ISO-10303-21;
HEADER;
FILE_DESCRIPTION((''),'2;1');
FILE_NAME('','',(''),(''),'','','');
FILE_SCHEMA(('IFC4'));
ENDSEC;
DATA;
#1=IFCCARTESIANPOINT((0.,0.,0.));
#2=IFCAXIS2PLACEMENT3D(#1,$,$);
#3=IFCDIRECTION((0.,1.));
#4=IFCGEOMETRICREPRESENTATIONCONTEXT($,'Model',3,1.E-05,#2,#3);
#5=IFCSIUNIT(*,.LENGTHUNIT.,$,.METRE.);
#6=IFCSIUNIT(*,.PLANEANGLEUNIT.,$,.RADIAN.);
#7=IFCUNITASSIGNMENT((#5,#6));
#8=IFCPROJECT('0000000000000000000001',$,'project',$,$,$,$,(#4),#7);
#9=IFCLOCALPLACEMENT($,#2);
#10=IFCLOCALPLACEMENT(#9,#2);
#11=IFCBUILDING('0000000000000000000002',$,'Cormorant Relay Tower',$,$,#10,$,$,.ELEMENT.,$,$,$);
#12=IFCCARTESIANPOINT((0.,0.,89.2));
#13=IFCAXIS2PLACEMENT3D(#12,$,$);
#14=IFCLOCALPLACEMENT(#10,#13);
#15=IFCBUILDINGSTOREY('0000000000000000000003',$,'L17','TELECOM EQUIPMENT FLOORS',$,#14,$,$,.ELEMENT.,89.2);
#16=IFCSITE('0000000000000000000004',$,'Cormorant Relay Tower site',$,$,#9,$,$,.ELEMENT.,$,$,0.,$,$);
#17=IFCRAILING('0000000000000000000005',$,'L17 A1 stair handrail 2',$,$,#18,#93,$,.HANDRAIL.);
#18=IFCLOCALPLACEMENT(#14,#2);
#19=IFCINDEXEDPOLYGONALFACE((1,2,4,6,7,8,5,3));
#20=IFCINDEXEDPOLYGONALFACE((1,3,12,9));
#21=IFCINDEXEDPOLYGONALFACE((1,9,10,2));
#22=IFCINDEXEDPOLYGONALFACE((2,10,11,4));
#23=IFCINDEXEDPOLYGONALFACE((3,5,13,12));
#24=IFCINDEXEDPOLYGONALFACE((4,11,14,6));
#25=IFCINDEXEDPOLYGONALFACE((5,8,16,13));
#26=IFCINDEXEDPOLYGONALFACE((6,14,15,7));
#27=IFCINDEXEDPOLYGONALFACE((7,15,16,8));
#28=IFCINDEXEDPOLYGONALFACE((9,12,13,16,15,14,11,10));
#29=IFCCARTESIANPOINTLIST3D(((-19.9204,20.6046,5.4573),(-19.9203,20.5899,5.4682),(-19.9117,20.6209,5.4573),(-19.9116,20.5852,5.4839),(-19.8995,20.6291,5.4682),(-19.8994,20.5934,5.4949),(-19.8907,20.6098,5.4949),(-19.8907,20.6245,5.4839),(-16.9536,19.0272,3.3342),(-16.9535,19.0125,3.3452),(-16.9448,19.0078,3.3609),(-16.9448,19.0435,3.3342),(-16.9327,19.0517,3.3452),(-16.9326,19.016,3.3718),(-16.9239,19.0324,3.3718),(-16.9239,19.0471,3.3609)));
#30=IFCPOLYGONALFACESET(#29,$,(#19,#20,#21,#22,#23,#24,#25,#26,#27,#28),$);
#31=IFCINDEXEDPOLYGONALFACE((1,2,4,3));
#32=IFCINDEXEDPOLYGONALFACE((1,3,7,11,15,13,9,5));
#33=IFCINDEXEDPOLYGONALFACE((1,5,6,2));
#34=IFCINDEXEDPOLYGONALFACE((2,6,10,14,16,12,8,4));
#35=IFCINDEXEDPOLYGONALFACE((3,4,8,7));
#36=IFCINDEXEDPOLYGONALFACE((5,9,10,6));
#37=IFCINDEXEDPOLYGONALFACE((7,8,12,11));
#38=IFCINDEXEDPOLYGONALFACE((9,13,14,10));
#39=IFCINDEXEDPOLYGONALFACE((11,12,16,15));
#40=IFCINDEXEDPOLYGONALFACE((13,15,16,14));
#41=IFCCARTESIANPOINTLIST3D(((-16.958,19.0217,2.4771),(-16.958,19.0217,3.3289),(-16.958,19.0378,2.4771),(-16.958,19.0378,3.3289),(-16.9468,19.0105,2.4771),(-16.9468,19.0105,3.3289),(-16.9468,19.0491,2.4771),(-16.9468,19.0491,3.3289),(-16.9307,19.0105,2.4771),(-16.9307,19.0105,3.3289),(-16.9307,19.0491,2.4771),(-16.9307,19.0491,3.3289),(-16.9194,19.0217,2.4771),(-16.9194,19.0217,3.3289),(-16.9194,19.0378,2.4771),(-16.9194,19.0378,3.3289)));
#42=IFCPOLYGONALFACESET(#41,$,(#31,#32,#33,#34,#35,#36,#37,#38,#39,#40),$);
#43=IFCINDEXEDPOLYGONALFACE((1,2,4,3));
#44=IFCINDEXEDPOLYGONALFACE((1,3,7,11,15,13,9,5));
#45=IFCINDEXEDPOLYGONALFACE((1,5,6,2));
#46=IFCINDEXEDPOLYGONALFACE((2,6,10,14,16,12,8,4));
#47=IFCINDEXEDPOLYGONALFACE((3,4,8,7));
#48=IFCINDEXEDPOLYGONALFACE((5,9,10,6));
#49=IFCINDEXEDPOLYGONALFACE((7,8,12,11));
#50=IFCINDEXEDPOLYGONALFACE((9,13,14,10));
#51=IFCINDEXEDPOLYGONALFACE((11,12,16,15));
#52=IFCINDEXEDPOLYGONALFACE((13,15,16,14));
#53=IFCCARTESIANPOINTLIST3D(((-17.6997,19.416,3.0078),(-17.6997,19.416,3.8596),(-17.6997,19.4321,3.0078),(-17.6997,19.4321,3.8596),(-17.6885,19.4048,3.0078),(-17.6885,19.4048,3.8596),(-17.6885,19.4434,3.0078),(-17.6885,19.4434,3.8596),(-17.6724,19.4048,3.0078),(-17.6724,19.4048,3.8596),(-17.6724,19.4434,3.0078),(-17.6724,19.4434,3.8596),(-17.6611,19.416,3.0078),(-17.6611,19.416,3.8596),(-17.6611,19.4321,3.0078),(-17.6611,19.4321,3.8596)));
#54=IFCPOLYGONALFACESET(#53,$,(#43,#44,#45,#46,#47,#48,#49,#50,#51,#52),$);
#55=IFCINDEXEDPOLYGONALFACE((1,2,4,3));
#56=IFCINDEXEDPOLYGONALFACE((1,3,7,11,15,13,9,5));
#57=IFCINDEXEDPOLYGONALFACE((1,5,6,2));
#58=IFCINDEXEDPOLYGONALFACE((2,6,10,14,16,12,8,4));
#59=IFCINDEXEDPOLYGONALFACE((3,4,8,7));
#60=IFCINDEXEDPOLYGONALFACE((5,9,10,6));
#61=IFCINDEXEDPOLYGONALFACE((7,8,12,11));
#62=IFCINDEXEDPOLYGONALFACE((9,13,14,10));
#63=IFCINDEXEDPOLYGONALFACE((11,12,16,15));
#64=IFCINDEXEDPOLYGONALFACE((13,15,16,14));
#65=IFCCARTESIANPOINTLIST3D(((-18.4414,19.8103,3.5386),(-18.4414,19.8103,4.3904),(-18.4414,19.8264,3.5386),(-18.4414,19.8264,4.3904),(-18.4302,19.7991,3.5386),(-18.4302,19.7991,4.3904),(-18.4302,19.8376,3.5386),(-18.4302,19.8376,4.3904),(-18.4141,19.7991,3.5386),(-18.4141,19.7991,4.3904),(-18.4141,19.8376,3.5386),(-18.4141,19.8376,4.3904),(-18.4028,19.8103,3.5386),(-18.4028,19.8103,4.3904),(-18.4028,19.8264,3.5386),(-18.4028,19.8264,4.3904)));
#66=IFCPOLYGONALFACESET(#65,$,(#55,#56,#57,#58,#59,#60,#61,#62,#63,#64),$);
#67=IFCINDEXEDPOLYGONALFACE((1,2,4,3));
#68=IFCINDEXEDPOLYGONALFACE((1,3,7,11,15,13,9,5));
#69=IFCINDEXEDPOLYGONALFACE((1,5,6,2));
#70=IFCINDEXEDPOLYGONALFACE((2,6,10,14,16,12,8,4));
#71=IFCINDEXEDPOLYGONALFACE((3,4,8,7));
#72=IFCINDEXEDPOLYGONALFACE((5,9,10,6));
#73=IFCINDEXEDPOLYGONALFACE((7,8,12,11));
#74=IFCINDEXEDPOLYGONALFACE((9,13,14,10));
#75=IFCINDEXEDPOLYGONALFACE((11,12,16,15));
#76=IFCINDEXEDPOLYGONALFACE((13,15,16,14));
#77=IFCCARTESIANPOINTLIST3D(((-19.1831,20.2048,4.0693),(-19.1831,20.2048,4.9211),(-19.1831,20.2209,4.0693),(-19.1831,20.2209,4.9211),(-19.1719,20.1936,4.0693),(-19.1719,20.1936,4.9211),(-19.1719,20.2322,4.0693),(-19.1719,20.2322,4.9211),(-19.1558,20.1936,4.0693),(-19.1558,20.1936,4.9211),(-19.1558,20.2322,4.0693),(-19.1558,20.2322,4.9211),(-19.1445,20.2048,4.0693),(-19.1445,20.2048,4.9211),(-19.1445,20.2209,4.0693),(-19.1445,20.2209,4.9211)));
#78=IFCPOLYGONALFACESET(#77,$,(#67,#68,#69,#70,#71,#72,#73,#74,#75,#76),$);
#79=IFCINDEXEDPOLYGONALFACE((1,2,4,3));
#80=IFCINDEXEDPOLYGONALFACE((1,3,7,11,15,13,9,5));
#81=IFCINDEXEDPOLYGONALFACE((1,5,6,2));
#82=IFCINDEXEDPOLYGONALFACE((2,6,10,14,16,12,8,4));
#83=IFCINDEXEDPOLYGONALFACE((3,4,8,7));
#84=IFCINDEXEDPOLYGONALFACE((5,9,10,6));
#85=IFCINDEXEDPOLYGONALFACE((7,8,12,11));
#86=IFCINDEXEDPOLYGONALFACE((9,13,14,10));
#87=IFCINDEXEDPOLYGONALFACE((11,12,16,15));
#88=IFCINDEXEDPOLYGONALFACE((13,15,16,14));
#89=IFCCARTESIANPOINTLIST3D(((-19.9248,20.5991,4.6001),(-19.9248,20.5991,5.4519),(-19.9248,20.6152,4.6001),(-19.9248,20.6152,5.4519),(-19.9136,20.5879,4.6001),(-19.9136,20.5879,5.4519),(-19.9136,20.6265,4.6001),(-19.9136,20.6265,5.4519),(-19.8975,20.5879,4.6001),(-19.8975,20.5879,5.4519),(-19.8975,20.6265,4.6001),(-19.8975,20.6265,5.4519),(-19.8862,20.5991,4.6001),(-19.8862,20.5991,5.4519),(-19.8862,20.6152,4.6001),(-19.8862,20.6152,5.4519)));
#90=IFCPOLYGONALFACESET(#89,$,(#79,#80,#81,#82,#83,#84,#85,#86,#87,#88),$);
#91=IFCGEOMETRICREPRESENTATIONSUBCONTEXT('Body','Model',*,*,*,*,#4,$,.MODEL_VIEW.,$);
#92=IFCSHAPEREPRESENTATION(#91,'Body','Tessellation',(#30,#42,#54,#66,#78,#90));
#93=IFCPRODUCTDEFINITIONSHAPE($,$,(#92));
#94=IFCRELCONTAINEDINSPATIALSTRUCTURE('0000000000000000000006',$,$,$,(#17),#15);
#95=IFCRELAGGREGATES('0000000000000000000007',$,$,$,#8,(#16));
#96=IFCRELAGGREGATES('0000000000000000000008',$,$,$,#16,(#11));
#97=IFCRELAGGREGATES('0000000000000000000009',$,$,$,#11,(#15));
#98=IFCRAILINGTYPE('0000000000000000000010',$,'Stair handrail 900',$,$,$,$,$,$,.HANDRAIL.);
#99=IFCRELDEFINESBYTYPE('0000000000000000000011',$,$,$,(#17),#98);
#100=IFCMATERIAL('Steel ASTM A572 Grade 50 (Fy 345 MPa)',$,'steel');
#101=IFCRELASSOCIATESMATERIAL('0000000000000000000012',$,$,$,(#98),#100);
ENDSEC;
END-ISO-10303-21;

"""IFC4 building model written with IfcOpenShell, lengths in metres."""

from ifc_helpers import new_model, si_unit, direction, frame, origin, place, context, subcontext, project, spatial, polyline, outline, extrude, material, type_object, element, save


model = new_model("IFC4")

# Units and contexts
model_context = context("Model", 3, precision=1e-05, world=origin(), true_north=direction((0.0, 1.0)))
body_context = subcontext(model_context, "Body", "Model", "MODEL_VIEW")
ifc_project = project(units=[si_unit("LENGTHUNIT", "METRE"), si_unit("PLANEANGLEUNIT", "RADIAN")], contexts=[model_context])

# Site, building, storey
site_placement = place(None, origin())
site = spatial("IfcSite", under=ifc_project, at=site_placement, Name="Cormorant Relay Tower site", CompositionType="ELEMENT", RefElevation=0.0)
building_placement = place(site_placement, origin())
building = spatial("IfcBuilding", under=site, at=building_placement, Name="Cormorant Relay Tower", CompositionType="ELEMENT")
storey_placement = place(building_placement, frame((0.0, 0.0, 89.2)))
storey = spatial("IfcBuildingStorey", under=building, at=storey_placement, Name="L17", Description="TELECOM EQUIPMENT FLOORS", CompositionType="ELEMENT", Elevation=89.2)

# Railing
ifc_material_1 = material(Name="Steel ASTM A572 Grade 50 (Fy 345 MPa)", Category="steel")
railing_type_1 = type_object("IfcRailingType", Name="Stair handrail 900", PredefinedType="HANDRAIL", material=ifc_material_1)
railing_1_placement = place(storey_placement, frame((-16.9387, 19.0298, 2.4771)))
element("IfcRailing", 1, at=railing_1_placement, inside=storey, type_object=railing_type_1, Name="L17 A1 stair handrail 2", PredefinedType="HANDRAIL", context=body_context, shape_type="SweptSolid", body=[
    extrude(outline(polyline([(0.0222, 0.0093), (0.0093, 0.0222), (-0.0093, 0.0222), (-0.0222, 0.0093), (-0.0222, -0.0093), (-0.0093, -0.0222), (0.0093, -0.0222), (0.0222, -0.0093), (0.0222, 0.0093)])), frame((0.0, 0.0, 0.876), z_axis=(-0.746441, 0.396869, 0.534155), x_axis=(-0.469453, -0.882958, 0.0)), (0.0, 0.0, 1.0), 3.9746),
    extrude(outline(polyline([(0.0193, 0.0081), (0.0081, 0.0193), (-0.0081, 0.0193), (-0.0193, 0.0081), (-0.0193, -0.0081), (-0.0081, -0.0193), (0.0081, -0.0193), (0.0193, -0.0081), (0.0193, 0.0081)])), origin(), (0.0, 0.0, 1.0), 0.8518),
    extrude(outline(polyline([(0.0193, 0.0081), (0.0081, 0.0193), (-0.0081, 0.0193), (-0.0193, 0.0081), (-0.0193, -0.0081), (-0.0081, -0.0193), (0.0081, -0.0193), (0.0193, -0.0081), (0.0193, 0.0081)])), frame((-0.7417, 0.3943, 0.5308)), (0.0, 0.0, 1.0), 0.8518),
    extrude(outline(polyline([(0.0193, 0.0081), (0.0081, 0.0193), (-0.0081, 0.0193), (-0.0193, 0.0081), (-0.0193, -0.0081), (-0.0081, -0.0193), (0.0081, -0.0193), (0.0193, -0.0081), (0.0193, 0.0081)])), frame((-1.4834, 0.7886, 1.0615)), (0.0, 0.0, 1.0), 0.8518),
    extrude(outline(polyline([(0.0193, 0.0081), (0.0081, 0.0193), (-0.0081, 0.0193), (-0.0193, 0.0081), (-0.0193, -0.0081), (-0.0081, -0.0193), (0.0081, -0.0193), (0.0193, -0.0081), (0.0193, 0.0081)])), frame((-2.2251, 1.1831, 1.5923)), (0.0, 0.0, 1.0), 0.8518),
    extrude(outline(polyline([(0.0193, 0.0081), (0.0081, 0.0193), (-0.0081, 0.0193), (-0.0193, 0.0081), (-0.0193, -0.0081), (-0.0081, -0.0193), (0.0081, -0.0193), (0.0193, -0.0081), (0.0193, 0.0081)])), frame((-2.9668, 1.5774, 2.123)), (0.0, 0.0, 1.0), 0.8518),
])

save(model, "model.ifc")
